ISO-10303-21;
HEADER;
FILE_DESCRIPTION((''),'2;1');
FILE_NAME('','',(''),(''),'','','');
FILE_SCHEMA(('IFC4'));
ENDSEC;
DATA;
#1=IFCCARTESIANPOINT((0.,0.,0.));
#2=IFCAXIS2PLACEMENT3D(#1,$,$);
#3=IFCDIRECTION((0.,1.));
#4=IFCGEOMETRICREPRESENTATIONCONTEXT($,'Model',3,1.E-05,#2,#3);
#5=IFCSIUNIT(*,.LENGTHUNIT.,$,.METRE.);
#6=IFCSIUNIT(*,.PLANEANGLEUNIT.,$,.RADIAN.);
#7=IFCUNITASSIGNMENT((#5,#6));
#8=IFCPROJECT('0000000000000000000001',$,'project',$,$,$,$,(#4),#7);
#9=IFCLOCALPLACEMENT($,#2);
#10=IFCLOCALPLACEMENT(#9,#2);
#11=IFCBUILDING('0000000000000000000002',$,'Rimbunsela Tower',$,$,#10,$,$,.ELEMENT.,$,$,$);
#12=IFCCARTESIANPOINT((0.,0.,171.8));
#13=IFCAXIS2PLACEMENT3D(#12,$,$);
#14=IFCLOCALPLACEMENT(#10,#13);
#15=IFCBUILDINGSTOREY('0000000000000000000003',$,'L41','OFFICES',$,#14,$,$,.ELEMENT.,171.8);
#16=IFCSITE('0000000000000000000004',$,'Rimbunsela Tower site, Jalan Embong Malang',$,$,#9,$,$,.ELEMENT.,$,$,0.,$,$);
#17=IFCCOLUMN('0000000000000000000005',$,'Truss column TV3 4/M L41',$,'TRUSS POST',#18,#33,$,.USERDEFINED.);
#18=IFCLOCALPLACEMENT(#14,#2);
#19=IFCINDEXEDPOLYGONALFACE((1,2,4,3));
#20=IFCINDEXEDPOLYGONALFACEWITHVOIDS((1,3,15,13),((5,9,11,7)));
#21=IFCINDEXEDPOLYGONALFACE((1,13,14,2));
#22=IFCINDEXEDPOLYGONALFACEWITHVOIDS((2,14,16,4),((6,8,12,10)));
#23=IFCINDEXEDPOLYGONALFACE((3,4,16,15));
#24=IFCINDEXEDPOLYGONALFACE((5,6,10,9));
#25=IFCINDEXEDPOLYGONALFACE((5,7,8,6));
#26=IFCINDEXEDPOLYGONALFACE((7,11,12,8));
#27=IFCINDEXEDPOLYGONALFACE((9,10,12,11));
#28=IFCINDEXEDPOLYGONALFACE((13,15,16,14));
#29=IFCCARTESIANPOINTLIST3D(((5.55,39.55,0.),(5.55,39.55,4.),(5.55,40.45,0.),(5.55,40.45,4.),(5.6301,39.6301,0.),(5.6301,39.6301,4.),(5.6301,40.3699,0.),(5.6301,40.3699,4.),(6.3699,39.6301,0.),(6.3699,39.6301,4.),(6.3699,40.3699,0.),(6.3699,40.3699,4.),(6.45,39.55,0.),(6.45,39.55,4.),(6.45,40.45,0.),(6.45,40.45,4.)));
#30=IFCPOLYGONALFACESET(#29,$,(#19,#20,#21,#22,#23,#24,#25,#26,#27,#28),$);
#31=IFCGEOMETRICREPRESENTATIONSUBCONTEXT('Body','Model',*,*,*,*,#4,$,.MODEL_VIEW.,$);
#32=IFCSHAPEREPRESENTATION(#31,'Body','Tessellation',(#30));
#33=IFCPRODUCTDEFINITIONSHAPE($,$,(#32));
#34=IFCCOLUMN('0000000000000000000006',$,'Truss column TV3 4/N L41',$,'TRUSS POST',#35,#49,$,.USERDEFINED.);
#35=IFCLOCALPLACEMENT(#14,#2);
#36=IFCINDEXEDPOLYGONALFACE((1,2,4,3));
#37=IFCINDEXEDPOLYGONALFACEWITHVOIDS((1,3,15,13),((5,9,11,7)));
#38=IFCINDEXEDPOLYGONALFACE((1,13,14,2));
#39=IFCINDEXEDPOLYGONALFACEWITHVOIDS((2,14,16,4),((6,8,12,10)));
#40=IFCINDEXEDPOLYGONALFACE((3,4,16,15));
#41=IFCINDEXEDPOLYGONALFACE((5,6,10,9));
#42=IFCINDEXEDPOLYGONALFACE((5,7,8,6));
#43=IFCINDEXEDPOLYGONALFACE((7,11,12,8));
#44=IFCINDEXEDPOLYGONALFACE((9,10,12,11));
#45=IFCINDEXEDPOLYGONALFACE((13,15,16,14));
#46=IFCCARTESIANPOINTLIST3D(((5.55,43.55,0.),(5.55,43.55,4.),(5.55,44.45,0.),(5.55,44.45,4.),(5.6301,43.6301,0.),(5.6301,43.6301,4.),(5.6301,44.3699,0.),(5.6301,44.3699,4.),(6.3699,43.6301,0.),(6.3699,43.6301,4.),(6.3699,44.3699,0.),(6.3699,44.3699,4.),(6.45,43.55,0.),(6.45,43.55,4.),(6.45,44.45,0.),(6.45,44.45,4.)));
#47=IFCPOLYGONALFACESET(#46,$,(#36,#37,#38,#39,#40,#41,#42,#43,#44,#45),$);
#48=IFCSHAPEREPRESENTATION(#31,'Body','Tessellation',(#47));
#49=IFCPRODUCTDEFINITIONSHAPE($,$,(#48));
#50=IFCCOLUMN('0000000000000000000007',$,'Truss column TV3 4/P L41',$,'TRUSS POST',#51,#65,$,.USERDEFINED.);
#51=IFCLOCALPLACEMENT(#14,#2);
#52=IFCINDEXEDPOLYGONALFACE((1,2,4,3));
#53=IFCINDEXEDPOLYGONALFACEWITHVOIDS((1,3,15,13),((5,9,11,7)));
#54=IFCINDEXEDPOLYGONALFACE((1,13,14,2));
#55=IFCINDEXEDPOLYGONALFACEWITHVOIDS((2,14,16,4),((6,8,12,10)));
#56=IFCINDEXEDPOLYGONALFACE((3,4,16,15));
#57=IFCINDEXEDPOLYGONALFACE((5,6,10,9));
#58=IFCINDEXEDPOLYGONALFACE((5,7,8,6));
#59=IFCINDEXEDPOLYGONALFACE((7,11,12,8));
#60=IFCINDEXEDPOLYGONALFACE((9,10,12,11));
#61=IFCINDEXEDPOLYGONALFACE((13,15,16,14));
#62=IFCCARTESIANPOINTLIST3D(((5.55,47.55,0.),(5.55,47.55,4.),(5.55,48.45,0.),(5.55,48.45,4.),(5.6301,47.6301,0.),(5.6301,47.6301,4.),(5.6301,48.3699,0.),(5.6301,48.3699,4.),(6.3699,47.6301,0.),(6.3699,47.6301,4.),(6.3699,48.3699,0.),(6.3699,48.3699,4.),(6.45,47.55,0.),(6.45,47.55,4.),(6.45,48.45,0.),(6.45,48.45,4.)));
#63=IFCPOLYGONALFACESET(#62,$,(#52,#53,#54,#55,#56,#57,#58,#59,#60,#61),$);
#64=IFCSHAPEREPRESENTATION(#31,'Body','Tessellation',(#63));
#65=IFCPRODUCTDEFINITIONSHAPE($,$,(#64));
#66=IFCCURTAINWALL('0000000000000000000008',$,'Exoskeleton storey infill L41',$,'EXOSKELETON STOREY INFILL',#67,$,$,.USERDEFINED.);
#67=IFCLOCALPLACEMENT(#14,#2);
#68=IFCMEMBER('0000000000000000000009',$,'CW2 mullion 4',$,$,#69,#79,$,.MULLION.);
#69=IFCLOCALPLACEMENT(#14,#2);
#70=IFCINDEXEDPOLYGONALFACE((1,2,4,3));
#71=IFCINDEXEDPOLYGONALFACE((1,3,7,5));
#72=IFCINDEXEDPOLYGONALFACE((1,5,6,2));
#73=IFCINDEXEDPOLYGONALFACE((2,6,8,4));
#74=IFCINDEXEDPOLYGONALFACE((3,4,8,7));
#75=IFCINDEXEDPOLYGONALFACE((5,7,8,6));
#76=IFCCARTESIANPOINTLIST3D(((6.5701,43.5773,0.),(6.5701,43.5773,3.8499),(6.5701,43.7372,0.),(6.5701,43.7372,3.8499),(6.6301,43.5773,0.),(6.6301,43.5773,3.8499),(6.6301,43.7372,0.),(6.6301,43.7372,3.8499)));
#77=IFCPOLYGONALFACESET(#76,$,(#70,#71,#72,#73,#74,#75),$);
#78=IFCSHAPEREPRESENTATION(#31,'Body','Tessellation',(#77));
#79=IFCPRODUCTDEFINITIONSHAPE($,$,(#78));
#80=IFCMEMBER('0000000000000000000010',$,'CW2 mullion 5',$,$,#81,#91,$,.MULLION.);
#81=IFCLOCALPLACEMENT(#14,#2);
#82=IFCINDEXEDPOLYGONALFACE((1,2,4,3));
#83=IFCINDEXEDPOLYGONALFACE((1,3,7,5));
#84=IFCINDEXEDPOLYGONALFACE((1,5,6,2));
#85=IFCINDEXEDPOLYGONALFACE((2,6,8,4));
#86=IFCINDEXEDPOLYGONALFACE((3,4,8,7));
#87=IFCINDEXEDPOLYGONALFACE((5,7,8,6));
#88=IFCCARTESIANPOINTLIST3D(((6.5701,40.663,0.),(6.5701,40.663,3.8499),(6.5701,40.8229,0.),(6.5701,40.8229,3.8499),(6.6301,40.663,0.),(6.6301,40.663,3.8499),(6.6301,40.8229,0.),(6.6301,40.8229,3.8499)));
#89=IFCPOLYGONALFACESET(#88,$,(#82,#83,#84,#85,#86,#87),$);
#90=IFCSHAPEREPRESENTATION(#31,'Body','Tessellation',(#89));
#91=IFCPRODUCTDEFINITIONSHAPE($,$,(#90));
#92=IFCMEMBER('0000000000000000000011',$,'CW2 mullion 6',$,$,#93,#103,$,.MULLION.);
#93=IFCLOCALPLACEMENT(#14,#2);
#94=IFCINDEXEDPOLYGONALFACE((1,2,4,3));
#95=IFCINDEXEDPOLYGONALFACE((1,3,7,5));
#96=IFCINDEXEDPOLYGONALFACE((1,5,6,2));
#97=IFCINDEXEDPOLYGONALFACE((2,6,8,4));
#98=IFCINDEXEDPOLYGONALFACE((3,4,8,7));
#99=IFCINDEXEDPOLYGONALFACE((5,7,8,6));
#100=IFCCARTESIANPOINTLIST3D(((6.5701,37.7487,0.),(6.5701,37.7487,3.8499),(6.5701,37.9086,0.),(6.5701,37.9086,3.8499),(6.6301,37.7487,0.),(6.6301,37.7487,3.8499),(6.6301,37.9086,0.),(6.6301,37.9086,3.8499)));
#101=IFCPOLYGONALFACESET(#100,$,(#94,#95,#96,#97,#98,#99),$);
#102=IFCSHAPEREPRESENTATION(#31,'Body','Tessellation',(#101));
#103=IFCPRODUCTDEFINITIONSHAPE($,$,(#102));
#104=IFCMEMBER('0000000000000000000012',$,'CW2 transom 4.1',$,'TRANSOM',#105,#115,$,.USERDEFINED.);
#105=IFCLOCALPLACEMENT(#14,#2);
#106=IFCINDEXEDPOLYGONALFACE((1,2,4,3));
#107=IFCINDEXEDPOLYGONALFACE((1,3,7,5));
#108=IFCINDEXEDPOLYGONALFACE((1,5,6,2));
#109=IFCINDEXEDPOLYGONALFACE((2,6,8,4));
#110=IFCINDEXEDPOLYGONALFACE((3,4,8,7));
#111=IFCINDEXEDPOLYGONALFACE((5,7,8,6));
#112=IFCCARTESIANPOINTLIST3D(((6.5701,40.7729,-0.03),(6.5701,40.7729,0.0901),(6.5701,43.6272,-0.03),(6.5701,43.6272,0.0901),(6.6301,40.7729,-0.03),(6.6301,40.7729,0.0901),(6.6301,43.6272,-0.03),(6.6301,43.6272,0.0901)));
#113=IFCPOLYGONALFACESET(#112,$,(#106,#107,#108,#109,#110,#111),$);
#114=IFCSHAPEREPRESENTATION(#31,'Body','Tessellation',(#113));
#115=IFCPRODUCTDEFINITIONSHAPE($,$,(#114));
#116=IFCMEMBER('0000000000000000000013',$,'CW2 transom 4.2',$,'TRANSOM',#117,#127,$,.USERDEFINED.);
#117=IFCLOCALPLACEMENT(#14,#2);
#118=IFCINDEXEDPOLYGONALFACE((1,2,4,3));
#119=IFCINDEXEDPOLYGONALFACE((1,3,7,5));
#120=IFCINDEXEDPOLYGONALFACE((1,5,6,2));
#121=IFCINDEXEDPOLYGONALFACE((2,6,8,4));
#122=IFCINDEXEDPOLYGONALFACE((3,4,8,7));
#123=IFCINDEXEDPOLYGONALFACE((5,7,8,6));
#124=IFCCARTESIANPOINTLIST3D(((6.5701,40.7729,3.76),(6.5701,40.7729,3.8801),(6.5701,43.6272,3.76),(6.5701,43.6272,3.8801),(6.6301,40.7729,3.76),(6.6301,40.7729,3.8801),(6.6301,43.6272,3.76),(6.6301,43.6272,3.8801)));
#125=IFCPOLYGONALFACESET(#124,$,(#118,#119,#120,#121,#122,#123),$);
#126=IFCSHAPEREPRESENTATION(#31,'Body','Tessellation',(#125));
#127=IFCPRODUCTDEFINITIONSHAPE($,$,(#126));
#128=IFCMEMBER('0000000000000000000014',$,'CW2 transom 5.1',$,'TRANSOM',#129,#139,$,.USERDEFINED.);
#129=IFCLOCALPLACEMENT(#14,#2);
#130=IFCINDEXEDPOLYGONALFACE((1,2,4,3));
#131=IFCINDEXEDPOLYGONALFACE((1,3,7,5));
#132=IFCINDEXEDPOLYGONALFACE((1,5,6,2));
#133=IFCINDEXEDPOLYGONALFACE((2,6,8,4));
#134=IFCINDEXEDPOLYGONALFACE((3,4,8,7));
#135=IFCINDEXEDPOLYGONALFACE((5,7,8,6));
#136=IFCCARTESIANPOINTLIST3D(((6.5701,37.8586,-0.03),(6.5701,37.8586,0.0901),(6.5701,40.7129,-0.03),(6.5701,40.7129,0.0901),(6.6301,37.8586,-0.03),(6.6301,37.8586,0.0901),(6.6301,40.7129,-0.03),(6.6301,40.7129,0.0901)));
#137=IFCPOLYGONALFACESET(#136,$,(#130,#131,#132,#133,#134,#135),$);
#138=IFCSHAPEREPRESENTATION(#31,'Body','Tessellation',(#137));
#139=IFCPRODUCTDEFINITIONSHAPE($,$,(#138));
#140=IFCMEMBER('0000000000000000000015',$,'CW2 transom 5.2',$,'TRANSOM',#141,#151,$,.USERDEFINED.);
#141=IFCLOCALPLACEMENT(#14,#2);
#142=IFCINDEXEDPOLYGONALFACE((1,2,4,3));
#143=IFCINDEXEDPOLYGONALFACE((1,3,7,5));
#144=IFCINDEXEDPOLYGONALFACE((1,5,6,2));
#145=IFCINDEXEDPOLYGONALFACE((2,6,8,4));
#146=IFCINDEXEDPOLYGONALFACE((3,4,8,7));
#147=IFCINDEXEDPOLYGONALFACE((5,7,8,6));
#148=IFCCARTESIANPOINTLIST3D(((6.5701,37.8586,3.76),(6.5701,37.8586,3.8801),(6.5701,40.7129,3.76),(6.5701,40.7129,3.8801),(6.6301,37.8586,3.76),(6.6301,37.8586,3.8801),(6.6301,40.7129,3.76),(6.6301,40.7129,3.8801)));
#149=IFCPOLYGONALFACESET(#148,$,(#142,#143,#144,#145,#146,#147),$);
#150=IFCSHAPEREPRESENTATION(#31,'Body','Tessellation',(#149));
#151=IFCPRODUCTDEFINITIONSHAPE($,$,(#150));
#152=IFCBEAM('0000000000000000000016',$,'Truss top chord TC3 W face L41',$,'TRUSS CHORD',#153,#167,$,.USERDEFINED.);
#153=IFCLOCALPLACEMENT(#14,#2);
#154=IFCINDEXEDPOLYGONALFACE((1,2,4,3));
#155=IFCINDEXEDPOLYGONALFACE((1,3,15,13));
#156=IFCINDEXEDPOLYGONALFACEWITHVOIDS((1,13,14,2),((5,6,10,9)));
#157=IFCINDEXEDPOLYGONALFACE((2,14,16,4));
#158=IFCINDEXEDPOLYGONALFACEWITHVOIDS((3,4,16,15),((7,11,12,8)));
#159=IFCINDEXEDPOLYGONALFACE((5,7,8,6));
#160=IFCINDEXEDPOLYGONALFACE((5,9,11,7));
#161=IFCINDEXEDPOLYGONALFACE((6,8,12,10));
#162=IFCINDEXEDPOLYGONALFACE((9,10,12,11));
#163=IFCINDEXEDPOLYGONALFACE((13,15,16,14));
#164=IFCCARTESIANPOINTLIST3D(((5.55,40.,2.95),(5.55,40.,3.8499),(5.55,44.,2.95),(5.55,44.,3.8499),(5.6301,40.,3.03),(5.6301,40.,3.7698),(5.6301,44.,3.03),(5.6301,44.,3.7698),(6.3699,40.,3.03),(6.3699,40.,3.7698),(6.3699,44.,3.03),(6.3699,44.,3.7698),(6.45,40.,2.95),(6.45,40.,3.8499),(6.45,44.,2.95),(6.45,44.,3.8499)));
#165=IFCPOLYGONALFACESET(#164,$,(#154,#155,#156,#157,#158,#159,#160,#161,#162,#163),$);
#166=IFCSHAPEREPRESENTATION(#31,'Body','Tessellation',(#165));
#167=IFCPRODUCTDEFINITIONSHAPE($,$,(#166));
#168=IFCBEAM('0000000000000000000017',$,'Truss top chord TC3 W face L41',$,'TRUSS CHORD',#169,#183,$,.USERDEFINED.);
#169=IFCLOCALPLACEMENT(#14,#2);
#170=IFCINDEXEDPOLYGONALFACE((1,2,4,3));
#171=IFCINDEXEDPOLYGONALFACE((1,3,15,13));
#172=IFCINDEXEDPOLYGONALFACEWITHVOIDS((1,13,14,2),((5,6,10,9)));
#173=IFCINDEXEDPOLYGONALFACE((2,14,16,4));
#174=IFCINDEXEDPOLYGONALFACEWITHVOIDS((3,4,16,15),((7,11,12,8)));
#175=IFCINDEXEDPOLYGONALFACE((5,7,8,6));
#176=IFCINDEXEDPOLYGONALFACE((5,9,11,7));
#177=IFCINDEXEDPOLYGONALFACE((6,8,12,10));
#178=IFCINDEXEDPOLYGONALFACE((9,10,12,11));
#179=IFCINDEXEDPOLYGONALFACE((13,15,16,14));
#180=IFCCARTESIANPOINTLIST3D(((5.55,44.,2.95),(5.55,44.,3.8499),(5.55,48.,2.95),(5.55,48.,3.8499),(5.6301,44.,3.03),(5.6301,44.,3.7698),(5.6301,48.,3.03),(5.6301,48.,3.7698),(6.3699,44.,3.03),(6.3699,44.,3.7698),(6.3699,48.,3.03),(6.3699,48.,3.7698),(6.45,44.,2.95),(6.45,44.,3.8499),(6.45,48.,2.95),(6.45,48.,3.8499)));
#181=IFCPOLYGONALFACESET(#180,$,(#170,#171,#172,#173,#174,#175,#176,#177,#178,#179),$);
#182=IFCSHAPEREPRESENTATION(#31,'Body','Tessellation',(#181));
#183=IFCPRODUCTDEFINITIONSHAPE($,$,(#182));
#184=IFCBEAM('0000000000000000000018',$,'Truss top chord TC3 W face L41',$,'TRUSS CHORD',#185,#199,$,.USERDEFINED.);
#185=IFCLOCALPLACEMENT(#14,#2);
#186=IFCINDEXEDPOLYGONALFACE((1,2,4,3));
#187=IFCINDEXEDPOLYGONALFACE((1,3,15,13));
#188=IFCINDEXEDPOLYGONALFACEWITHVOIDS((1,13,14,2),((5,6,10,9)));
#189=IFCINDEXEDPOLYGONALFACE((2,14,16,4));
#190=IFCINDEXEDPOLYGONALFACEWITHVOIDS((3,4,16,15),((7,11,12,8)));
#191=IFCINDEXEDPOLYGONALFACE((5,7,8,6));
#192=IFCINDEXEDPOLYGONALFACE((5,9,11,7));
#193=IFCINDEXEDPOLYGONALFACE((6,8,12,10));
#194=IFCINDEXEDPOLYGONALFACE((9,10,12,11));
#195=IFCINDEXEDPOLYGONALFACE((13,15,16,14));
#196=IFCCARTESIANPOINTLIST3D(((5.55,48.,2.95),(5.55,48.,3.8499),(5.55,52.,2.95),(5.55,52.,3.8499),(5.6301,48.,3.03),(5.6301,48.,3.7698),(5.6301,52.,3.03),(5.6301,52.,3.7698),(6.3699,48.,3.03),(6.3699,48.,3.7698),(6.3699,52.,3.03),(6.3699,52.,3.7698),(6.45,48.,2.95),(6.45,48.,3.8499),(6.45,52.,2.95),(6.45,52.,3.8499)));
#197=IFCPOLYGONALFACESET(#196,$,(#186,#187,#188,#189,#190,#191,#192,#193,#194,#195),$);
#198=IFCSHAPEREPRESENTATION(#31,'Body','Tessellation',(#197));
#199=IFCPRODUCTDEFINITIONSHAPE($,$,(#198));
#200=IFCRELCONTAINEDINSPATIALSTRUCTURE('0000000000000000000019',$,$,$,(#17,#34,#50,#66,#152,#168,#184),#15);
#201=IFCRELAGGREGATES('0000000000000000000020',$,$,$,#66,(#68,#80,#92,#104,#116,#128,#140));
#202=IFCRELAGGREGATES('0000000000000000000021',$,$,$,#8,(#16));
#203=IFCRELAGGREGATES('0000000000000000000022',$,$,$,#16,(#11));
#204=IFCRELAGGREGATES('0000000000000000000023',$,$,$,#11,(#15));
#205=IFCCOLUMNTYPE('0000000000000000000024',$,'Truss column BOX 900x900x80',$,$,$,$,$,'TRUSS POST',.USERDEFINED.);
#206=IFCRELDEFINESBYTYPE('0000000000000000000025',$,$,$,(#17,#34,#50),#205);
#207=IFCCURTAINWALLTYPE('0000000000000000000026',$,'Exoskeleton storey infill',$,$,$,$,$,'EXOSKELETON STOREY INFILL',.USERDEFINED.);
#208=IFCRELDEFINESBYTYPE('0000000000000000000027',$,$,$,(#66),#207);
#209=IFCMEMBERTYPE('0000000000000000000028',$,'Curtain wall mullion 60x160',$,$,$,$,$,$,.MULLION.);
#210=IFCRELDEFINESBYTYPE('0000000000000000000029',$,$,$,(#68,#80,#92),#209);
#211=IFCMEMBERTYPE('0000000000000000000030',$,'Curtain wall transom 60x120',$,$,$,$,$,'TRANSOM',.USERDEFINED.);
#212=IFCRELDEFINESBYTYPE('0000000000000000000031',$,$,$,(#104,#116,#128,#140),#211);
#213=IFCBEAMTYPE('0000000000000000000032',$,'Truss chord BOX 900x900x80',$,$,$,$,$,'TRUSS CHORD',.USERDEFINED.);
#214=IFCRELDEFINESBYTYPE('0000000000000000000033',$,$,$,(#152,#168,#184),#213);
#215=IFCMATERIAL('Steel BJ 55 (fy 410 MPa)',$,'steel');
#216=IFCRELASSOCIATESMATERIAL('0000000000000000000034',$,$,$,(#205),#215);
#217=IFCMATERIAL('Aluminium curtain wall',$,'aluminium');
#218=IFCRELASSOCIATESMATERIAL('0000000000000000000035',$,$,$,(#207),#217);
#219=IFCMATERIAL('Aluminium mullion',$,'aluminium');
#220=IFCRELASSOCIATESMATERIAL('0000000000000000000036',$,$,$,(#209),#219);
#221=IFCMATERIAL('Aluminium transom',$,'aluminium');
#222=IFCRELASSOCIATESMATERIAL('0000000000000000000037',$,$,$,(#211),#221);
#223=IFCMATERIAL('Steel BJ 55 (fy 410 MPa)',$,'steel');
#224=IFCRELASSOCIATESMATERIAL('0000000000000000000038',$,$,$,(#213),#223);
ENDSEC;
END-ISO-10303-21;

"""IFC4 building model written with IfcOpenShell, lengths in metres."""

from ifc_helpers import new_model, si_unit, direction, frame, origin, origin_2d, place, context, subcontext, project, spatial, rectangle, hollow_rectangle, extrude, material, material_profile, profile_set, type_object, element, aggregate, save


model = new_model("IFC4")

# Units and contexts
model_context = context("Model", 3, precision=1e-05, world=origin(), true_north=direction((0.0, 1.0)))
body_context = subcontext(model_context, "Body", "Model", "MODEL_VIEW")
ifc_project = project(units=[si_unit("LENGTHUNIT", "METRE"), si_unit("PLANEANGLEUNIT", "RADIAN")], contexts=[model_context])

# Site, building, storey
site_placement = place(None, origin())
site = spatial("IfcSite", under=ifc_project, at=site_placement, Name="Rimbunsela Tower site, Jalan Embong Malang", CompositionType="ELEMENT", RefElevation=0.0)
building_placement = place(site_placement, origin())
building = spatial("IfcBuilding", under=site, at=building_placement, Name="Rimbunsela Tower", CompositionType="ELEMENT")
storey_placement = place(building_placement, frame((0.0, 0.0, 171.8)))
storey = spatial("IfcBuildingStorey", under=building, at=storey_placement, Name="L41", Description="OFFICES", CompositionType="ELEMENT", Elevation=171.8)

# Columns
ifc_material_1 = material(Name="Steel BJ 55 (fy 410 MPa)", Category="steel")
ifc_material_profile_1 = material_profile(ifc_material_1, hollow_rectangle(XDim=0.8999, YDim=0.8999, WallThickness=0.0801, at=origin_2d()), Name="BOX 900x900x80")
ifc_profile_set_1 = profile_set([ifc_material_profile_1], Name="Steel BJ 55 (fy 410 MPa)")
column_type = type_object("IfcColumnType", Name="Truss column BOX 900x900x80", ElementType="TRUSS POST", PredefinedType="USERDEFINED", material=ifc_profile_set_1)
for number, where, z_axis, x_axis, name in (
    (1, (6.0, 40.0, 0.0), (0.0, 0.0, 1.0), (1.0, 0.0, 0.0), "Truss column TV3 4/M L41"),
    (2, (6.0, 44.0, 0.0), (0.0, 0.0, 1.0), (1.0, 0.0, 0.0), "Truss column TV3 4/N L41"),
    (3, (6.0, 48.0, 0.0), (0.0, 0.0, 1.0), (1.0, 0.0, 0.0), "Truss column TV3 4/P L41"),
):
    element("IfcColumn", number, at=place(storey_placement, frame(where, z_axis=z_axis, x_axis=x_axis)), inside=storey, type_object=column_type, Name=name, ObjectType="TRUSS POST", PredefinedType="USERDEFINED", context=body_context, shape_type="SweptSolid", body=[
        extrude(hollow_rectangle(XDim=0.8999, YDim=0.8999, WallThickness=0.0801, at=origin_2d()), origin(), (0.0, 0.0, 1.0), 4.0),
    ])

# Curtain wall, members
ifc_material_2 = material(Name="Aluminium curtain wall", Category="aluminium")
curtain_wall_type = type_object("IfcCurtainWallType", Name="Exoskeleton storey infill", ElementType="EXOSKELETON STOREY INFILL", PredefinedType="USERDEFINED", material=ifc_material_2)
curtain_wall_placement = place(storey_placement, origin())
curtain_wall = element("IfcCurtainWall", 4, at=curtain_wall_placement, inside=storey, type_object=curtain_wall_type, Name="Exoskeleton storey infill L41", ObjectType="EXOSKELETON STOREY INFILL", PredefinedType="USERDEFINED")
ifc_material_3 = material(Name="Aluminium mullion", Category="aluminium")
ifc_material_profile_2 = material_profile(ifc_material_3, rectangle(XDim=0.0601, YDim=0.1599, at=origin_2d()), Name="Mullion 60x160")
ifc_profile_set_2 = profile_set([ifc_material_profile_2], Name="Aluminium mullion")
member_type_1 = type_object("IfcMemberType", Name="Curtain wall mullion 60x160", PredefinedType="MULLION", material=ifc_profile_set_2)
member_1_placement = place(storey_placement, frame((6.6001, 43.6572, 0.0), z_axis=(0.0, 0.0, 1.0), x_axis=(1.0, 0.0, 0.0)))
member_1 = element("IfcMember", 5, at=member_1_placement, type_object=member_type_1, Name="CW2 mullion 4", PredefinedType="MULLION", context=body_context, shape_type="SweptSolid", body=[
    extrude(rectangle(XDim=0.0601, YDim=0.1599, at=origin_2d()), origin(), (0.0, 0.0, 1.0), 3.8499),
])
member_2_placement = place(storey_placement, frame((6.6001, 40.7429, 0.0), z_axis=(0.0, 0.0, 1.0), x_axis=(1.0, 0.0, 0.0)))
member_2 = element("IfcMember", 6, at=member_2_placement, type_object=member_type_1, Name="CW2 mullion 5", PredefinedType="MULLION", context=body_context, shape_type="SweptSolid", body=[
    extrude(rectangle(XDim=0.0601, YDim=0.1599, at=origin_2d()), origin(), (0.0, 0.0, 1.0), 3.8499),
])
member_3_placement = place(storey_placement, frame((6.6001, 37.8286, 0.0), z_axis=(0.0, 0.0, 1.0), x_axis=(1.0, 0.0, 0.0)))
member_3 = element("IfcMember", 7, at=member_3_placement, type_object=member_type_1, Name="CW2 mullion 6", PredefinedType="MULLION", context=body_context, shape_type="SweptSolid", body=[
    extrude(rectangle(XDim=0.0601, YDim=0.1599, at=origin_2d()), origin(), (0.0, 0.0, 1.0), 3.8499),
])
ifc_material_4 = material(Name="Aluminium transom", Category="aluminium")
ifc_material_profile_3 = material_profile(ifc_material_4, rectangle(XDim=0.0601, YDim=0.1201, at=origin_2d()), Name="Transom 60x120")
ifc_profile_set_3 = profile_set([ifc_material_profile_3], Name="Aluminium transom")
member_type_2 = type_object("IfcMemberType", Name="Curtain wall transom 60x120", ElementType="TRANSOM", PredefinedType="USERDEFINED", material=ifc_profile_set_3)
member_4_placement = place(storey_placement, frame((6.6001, 43.6272, 0.03), z_axis=(0.0, -1.0, 0.0), x_axis=(1.0, 0.0, 0.0)))
member_4 = element("IfcMember", 8, at=member_4_placement, type_object=member_type_2, Name="CW2 transom 4.1", ObjectType="TRANSOM", PredefinedType="USERDEFINED", context=body_context, shape_type="SweptSolid", body=[
    extrude(rectangle(XDim=0.0601, YDim=0.1201, at=origin_2d()), origin(), (0.0, 0.0, 1.0), 2.8542),
])
member_5_placement = place(storey_placement, frame((6.6001, 43.6272, 3.8201), z_axis=(0.0, -1.0, 0.0), x_axis=(1.0, 0.0, 0.0)))
member_5 = element("IfcMember", 9, at=member_5_placement, type_object=member_type_2, Name="CW2 transom 4.2", ObjectType="TRANSOM", PredefinedType="USERDEFINED", context=body_context, shape_type="SweptSolid", body=[
    extrude(rectangle(XDim=0.0601, YDim=0.1201, at=origin_2d()), origin(), (0.0, 0.0, 1.0), 2.8542),
])
member_6_placement = place(storey_placement, frame((6.6001, 40.7129, 0.03), z_axis=(0.0, -1.0, 0.0), x_axis=(1.0, 0.0, 0.0)))
member_6 = element("IfcMember", 10, at=member_6_placement, type_object=member_type_2, Name="CW2 transom 5.1", ObjectType="TRANSOM", PredefinedType="USERDEFINED", context=body_context, shape_type="SweptSolid", body=[
    extrude(rectangle(XDim=0.0601, YDim=0.1201, at=origin_2d()), origin(), (0.0, 0.0, 1.0), 2.8542),
])
member_7_placement = place(storey_placement, frame((6.6001, 40.7129, 3.8201), z_axis=(0.0, -1.0, 0.0), x_axis=(1.0, 0.0, 0.0)))
member_7 = element("IfcMember", 11, at=member_7_placement, type_object=member_type_2, Name="CW2 transom 5.2", ObjectType="TRANSOM", PredefinedType="USERDEFINED", context=body_context, shape_type="SweptSolid", body=[
    extrude(rectangle(XDim=0.0601, YDim=0.1201, at=origin_2d()), origin(), (0.0, 0.0, 1.0), 2.8542),
])

# Beams
ifc_material_5 = material(Name="Steel BJ 55 (fy 410 MPa)", Category="steel")
ifc_material_profile_4 = material_profile(ifc_material_5, hollow_rectangle(XDim=0.8999, YDim=0.8999, WallThickness=0.0801, at=origin_2d()), Name="BOX 900x900x80")
ifc_profile_set_4 = profile_set([ifc_material_profile_4], Name="Steel BJ 55 (fy 410 MPa)")
beam_type = type_object("IfcBeamType", Name="Truss chord BOX 900x900x80", ElementType="TRUSS CHORD", PredefinedType="USERDEFINED", material=ifc_profile_set_4)
for number, where, z_axis, x_axis, name in (
    (12, (6.0, 40.0, 3.3999), (0.0, 1.0, 0.0), (-1.0, 0.0, 0.0), "Truss top chord TC3 W face L41"),
    (13, (6.0, 44.0, 3.3999), (0.0, 1.0, 0.0), (-1.0, 0.0, 0.0), "Truss top chord TC3 W face L41"),
    (14, (6.0, 48.0, 3.3999), (0.0, 1.0, 0.0), (-1.0, 0.0, 0.0), "Truss top chord TC3 W face L41"),
):
    element("IfcBeam", number, at=place(storey_placement, frame(where, z_axis=z_axis, x_axis=x_axis)), inside=storey, type_object=beam_type, Name=name, ObjectType="TRUSS CHORD", PredefinedType="USERDEFINED", context=body_context, shape_type="SweptSolid", body=[
        extrude(hollow_rectangle(XDim=0.8999, YDim=0.8999, WallThickness=0.0801, at=origin_2d()), origin(), (0.0, 0.0, 1.0), 4.0),
    ])

aggregate(curtain_wall, [member_1, member_2, member_3, member_4, member_5, member_6, member_7])

save(model, "model.ifc")
